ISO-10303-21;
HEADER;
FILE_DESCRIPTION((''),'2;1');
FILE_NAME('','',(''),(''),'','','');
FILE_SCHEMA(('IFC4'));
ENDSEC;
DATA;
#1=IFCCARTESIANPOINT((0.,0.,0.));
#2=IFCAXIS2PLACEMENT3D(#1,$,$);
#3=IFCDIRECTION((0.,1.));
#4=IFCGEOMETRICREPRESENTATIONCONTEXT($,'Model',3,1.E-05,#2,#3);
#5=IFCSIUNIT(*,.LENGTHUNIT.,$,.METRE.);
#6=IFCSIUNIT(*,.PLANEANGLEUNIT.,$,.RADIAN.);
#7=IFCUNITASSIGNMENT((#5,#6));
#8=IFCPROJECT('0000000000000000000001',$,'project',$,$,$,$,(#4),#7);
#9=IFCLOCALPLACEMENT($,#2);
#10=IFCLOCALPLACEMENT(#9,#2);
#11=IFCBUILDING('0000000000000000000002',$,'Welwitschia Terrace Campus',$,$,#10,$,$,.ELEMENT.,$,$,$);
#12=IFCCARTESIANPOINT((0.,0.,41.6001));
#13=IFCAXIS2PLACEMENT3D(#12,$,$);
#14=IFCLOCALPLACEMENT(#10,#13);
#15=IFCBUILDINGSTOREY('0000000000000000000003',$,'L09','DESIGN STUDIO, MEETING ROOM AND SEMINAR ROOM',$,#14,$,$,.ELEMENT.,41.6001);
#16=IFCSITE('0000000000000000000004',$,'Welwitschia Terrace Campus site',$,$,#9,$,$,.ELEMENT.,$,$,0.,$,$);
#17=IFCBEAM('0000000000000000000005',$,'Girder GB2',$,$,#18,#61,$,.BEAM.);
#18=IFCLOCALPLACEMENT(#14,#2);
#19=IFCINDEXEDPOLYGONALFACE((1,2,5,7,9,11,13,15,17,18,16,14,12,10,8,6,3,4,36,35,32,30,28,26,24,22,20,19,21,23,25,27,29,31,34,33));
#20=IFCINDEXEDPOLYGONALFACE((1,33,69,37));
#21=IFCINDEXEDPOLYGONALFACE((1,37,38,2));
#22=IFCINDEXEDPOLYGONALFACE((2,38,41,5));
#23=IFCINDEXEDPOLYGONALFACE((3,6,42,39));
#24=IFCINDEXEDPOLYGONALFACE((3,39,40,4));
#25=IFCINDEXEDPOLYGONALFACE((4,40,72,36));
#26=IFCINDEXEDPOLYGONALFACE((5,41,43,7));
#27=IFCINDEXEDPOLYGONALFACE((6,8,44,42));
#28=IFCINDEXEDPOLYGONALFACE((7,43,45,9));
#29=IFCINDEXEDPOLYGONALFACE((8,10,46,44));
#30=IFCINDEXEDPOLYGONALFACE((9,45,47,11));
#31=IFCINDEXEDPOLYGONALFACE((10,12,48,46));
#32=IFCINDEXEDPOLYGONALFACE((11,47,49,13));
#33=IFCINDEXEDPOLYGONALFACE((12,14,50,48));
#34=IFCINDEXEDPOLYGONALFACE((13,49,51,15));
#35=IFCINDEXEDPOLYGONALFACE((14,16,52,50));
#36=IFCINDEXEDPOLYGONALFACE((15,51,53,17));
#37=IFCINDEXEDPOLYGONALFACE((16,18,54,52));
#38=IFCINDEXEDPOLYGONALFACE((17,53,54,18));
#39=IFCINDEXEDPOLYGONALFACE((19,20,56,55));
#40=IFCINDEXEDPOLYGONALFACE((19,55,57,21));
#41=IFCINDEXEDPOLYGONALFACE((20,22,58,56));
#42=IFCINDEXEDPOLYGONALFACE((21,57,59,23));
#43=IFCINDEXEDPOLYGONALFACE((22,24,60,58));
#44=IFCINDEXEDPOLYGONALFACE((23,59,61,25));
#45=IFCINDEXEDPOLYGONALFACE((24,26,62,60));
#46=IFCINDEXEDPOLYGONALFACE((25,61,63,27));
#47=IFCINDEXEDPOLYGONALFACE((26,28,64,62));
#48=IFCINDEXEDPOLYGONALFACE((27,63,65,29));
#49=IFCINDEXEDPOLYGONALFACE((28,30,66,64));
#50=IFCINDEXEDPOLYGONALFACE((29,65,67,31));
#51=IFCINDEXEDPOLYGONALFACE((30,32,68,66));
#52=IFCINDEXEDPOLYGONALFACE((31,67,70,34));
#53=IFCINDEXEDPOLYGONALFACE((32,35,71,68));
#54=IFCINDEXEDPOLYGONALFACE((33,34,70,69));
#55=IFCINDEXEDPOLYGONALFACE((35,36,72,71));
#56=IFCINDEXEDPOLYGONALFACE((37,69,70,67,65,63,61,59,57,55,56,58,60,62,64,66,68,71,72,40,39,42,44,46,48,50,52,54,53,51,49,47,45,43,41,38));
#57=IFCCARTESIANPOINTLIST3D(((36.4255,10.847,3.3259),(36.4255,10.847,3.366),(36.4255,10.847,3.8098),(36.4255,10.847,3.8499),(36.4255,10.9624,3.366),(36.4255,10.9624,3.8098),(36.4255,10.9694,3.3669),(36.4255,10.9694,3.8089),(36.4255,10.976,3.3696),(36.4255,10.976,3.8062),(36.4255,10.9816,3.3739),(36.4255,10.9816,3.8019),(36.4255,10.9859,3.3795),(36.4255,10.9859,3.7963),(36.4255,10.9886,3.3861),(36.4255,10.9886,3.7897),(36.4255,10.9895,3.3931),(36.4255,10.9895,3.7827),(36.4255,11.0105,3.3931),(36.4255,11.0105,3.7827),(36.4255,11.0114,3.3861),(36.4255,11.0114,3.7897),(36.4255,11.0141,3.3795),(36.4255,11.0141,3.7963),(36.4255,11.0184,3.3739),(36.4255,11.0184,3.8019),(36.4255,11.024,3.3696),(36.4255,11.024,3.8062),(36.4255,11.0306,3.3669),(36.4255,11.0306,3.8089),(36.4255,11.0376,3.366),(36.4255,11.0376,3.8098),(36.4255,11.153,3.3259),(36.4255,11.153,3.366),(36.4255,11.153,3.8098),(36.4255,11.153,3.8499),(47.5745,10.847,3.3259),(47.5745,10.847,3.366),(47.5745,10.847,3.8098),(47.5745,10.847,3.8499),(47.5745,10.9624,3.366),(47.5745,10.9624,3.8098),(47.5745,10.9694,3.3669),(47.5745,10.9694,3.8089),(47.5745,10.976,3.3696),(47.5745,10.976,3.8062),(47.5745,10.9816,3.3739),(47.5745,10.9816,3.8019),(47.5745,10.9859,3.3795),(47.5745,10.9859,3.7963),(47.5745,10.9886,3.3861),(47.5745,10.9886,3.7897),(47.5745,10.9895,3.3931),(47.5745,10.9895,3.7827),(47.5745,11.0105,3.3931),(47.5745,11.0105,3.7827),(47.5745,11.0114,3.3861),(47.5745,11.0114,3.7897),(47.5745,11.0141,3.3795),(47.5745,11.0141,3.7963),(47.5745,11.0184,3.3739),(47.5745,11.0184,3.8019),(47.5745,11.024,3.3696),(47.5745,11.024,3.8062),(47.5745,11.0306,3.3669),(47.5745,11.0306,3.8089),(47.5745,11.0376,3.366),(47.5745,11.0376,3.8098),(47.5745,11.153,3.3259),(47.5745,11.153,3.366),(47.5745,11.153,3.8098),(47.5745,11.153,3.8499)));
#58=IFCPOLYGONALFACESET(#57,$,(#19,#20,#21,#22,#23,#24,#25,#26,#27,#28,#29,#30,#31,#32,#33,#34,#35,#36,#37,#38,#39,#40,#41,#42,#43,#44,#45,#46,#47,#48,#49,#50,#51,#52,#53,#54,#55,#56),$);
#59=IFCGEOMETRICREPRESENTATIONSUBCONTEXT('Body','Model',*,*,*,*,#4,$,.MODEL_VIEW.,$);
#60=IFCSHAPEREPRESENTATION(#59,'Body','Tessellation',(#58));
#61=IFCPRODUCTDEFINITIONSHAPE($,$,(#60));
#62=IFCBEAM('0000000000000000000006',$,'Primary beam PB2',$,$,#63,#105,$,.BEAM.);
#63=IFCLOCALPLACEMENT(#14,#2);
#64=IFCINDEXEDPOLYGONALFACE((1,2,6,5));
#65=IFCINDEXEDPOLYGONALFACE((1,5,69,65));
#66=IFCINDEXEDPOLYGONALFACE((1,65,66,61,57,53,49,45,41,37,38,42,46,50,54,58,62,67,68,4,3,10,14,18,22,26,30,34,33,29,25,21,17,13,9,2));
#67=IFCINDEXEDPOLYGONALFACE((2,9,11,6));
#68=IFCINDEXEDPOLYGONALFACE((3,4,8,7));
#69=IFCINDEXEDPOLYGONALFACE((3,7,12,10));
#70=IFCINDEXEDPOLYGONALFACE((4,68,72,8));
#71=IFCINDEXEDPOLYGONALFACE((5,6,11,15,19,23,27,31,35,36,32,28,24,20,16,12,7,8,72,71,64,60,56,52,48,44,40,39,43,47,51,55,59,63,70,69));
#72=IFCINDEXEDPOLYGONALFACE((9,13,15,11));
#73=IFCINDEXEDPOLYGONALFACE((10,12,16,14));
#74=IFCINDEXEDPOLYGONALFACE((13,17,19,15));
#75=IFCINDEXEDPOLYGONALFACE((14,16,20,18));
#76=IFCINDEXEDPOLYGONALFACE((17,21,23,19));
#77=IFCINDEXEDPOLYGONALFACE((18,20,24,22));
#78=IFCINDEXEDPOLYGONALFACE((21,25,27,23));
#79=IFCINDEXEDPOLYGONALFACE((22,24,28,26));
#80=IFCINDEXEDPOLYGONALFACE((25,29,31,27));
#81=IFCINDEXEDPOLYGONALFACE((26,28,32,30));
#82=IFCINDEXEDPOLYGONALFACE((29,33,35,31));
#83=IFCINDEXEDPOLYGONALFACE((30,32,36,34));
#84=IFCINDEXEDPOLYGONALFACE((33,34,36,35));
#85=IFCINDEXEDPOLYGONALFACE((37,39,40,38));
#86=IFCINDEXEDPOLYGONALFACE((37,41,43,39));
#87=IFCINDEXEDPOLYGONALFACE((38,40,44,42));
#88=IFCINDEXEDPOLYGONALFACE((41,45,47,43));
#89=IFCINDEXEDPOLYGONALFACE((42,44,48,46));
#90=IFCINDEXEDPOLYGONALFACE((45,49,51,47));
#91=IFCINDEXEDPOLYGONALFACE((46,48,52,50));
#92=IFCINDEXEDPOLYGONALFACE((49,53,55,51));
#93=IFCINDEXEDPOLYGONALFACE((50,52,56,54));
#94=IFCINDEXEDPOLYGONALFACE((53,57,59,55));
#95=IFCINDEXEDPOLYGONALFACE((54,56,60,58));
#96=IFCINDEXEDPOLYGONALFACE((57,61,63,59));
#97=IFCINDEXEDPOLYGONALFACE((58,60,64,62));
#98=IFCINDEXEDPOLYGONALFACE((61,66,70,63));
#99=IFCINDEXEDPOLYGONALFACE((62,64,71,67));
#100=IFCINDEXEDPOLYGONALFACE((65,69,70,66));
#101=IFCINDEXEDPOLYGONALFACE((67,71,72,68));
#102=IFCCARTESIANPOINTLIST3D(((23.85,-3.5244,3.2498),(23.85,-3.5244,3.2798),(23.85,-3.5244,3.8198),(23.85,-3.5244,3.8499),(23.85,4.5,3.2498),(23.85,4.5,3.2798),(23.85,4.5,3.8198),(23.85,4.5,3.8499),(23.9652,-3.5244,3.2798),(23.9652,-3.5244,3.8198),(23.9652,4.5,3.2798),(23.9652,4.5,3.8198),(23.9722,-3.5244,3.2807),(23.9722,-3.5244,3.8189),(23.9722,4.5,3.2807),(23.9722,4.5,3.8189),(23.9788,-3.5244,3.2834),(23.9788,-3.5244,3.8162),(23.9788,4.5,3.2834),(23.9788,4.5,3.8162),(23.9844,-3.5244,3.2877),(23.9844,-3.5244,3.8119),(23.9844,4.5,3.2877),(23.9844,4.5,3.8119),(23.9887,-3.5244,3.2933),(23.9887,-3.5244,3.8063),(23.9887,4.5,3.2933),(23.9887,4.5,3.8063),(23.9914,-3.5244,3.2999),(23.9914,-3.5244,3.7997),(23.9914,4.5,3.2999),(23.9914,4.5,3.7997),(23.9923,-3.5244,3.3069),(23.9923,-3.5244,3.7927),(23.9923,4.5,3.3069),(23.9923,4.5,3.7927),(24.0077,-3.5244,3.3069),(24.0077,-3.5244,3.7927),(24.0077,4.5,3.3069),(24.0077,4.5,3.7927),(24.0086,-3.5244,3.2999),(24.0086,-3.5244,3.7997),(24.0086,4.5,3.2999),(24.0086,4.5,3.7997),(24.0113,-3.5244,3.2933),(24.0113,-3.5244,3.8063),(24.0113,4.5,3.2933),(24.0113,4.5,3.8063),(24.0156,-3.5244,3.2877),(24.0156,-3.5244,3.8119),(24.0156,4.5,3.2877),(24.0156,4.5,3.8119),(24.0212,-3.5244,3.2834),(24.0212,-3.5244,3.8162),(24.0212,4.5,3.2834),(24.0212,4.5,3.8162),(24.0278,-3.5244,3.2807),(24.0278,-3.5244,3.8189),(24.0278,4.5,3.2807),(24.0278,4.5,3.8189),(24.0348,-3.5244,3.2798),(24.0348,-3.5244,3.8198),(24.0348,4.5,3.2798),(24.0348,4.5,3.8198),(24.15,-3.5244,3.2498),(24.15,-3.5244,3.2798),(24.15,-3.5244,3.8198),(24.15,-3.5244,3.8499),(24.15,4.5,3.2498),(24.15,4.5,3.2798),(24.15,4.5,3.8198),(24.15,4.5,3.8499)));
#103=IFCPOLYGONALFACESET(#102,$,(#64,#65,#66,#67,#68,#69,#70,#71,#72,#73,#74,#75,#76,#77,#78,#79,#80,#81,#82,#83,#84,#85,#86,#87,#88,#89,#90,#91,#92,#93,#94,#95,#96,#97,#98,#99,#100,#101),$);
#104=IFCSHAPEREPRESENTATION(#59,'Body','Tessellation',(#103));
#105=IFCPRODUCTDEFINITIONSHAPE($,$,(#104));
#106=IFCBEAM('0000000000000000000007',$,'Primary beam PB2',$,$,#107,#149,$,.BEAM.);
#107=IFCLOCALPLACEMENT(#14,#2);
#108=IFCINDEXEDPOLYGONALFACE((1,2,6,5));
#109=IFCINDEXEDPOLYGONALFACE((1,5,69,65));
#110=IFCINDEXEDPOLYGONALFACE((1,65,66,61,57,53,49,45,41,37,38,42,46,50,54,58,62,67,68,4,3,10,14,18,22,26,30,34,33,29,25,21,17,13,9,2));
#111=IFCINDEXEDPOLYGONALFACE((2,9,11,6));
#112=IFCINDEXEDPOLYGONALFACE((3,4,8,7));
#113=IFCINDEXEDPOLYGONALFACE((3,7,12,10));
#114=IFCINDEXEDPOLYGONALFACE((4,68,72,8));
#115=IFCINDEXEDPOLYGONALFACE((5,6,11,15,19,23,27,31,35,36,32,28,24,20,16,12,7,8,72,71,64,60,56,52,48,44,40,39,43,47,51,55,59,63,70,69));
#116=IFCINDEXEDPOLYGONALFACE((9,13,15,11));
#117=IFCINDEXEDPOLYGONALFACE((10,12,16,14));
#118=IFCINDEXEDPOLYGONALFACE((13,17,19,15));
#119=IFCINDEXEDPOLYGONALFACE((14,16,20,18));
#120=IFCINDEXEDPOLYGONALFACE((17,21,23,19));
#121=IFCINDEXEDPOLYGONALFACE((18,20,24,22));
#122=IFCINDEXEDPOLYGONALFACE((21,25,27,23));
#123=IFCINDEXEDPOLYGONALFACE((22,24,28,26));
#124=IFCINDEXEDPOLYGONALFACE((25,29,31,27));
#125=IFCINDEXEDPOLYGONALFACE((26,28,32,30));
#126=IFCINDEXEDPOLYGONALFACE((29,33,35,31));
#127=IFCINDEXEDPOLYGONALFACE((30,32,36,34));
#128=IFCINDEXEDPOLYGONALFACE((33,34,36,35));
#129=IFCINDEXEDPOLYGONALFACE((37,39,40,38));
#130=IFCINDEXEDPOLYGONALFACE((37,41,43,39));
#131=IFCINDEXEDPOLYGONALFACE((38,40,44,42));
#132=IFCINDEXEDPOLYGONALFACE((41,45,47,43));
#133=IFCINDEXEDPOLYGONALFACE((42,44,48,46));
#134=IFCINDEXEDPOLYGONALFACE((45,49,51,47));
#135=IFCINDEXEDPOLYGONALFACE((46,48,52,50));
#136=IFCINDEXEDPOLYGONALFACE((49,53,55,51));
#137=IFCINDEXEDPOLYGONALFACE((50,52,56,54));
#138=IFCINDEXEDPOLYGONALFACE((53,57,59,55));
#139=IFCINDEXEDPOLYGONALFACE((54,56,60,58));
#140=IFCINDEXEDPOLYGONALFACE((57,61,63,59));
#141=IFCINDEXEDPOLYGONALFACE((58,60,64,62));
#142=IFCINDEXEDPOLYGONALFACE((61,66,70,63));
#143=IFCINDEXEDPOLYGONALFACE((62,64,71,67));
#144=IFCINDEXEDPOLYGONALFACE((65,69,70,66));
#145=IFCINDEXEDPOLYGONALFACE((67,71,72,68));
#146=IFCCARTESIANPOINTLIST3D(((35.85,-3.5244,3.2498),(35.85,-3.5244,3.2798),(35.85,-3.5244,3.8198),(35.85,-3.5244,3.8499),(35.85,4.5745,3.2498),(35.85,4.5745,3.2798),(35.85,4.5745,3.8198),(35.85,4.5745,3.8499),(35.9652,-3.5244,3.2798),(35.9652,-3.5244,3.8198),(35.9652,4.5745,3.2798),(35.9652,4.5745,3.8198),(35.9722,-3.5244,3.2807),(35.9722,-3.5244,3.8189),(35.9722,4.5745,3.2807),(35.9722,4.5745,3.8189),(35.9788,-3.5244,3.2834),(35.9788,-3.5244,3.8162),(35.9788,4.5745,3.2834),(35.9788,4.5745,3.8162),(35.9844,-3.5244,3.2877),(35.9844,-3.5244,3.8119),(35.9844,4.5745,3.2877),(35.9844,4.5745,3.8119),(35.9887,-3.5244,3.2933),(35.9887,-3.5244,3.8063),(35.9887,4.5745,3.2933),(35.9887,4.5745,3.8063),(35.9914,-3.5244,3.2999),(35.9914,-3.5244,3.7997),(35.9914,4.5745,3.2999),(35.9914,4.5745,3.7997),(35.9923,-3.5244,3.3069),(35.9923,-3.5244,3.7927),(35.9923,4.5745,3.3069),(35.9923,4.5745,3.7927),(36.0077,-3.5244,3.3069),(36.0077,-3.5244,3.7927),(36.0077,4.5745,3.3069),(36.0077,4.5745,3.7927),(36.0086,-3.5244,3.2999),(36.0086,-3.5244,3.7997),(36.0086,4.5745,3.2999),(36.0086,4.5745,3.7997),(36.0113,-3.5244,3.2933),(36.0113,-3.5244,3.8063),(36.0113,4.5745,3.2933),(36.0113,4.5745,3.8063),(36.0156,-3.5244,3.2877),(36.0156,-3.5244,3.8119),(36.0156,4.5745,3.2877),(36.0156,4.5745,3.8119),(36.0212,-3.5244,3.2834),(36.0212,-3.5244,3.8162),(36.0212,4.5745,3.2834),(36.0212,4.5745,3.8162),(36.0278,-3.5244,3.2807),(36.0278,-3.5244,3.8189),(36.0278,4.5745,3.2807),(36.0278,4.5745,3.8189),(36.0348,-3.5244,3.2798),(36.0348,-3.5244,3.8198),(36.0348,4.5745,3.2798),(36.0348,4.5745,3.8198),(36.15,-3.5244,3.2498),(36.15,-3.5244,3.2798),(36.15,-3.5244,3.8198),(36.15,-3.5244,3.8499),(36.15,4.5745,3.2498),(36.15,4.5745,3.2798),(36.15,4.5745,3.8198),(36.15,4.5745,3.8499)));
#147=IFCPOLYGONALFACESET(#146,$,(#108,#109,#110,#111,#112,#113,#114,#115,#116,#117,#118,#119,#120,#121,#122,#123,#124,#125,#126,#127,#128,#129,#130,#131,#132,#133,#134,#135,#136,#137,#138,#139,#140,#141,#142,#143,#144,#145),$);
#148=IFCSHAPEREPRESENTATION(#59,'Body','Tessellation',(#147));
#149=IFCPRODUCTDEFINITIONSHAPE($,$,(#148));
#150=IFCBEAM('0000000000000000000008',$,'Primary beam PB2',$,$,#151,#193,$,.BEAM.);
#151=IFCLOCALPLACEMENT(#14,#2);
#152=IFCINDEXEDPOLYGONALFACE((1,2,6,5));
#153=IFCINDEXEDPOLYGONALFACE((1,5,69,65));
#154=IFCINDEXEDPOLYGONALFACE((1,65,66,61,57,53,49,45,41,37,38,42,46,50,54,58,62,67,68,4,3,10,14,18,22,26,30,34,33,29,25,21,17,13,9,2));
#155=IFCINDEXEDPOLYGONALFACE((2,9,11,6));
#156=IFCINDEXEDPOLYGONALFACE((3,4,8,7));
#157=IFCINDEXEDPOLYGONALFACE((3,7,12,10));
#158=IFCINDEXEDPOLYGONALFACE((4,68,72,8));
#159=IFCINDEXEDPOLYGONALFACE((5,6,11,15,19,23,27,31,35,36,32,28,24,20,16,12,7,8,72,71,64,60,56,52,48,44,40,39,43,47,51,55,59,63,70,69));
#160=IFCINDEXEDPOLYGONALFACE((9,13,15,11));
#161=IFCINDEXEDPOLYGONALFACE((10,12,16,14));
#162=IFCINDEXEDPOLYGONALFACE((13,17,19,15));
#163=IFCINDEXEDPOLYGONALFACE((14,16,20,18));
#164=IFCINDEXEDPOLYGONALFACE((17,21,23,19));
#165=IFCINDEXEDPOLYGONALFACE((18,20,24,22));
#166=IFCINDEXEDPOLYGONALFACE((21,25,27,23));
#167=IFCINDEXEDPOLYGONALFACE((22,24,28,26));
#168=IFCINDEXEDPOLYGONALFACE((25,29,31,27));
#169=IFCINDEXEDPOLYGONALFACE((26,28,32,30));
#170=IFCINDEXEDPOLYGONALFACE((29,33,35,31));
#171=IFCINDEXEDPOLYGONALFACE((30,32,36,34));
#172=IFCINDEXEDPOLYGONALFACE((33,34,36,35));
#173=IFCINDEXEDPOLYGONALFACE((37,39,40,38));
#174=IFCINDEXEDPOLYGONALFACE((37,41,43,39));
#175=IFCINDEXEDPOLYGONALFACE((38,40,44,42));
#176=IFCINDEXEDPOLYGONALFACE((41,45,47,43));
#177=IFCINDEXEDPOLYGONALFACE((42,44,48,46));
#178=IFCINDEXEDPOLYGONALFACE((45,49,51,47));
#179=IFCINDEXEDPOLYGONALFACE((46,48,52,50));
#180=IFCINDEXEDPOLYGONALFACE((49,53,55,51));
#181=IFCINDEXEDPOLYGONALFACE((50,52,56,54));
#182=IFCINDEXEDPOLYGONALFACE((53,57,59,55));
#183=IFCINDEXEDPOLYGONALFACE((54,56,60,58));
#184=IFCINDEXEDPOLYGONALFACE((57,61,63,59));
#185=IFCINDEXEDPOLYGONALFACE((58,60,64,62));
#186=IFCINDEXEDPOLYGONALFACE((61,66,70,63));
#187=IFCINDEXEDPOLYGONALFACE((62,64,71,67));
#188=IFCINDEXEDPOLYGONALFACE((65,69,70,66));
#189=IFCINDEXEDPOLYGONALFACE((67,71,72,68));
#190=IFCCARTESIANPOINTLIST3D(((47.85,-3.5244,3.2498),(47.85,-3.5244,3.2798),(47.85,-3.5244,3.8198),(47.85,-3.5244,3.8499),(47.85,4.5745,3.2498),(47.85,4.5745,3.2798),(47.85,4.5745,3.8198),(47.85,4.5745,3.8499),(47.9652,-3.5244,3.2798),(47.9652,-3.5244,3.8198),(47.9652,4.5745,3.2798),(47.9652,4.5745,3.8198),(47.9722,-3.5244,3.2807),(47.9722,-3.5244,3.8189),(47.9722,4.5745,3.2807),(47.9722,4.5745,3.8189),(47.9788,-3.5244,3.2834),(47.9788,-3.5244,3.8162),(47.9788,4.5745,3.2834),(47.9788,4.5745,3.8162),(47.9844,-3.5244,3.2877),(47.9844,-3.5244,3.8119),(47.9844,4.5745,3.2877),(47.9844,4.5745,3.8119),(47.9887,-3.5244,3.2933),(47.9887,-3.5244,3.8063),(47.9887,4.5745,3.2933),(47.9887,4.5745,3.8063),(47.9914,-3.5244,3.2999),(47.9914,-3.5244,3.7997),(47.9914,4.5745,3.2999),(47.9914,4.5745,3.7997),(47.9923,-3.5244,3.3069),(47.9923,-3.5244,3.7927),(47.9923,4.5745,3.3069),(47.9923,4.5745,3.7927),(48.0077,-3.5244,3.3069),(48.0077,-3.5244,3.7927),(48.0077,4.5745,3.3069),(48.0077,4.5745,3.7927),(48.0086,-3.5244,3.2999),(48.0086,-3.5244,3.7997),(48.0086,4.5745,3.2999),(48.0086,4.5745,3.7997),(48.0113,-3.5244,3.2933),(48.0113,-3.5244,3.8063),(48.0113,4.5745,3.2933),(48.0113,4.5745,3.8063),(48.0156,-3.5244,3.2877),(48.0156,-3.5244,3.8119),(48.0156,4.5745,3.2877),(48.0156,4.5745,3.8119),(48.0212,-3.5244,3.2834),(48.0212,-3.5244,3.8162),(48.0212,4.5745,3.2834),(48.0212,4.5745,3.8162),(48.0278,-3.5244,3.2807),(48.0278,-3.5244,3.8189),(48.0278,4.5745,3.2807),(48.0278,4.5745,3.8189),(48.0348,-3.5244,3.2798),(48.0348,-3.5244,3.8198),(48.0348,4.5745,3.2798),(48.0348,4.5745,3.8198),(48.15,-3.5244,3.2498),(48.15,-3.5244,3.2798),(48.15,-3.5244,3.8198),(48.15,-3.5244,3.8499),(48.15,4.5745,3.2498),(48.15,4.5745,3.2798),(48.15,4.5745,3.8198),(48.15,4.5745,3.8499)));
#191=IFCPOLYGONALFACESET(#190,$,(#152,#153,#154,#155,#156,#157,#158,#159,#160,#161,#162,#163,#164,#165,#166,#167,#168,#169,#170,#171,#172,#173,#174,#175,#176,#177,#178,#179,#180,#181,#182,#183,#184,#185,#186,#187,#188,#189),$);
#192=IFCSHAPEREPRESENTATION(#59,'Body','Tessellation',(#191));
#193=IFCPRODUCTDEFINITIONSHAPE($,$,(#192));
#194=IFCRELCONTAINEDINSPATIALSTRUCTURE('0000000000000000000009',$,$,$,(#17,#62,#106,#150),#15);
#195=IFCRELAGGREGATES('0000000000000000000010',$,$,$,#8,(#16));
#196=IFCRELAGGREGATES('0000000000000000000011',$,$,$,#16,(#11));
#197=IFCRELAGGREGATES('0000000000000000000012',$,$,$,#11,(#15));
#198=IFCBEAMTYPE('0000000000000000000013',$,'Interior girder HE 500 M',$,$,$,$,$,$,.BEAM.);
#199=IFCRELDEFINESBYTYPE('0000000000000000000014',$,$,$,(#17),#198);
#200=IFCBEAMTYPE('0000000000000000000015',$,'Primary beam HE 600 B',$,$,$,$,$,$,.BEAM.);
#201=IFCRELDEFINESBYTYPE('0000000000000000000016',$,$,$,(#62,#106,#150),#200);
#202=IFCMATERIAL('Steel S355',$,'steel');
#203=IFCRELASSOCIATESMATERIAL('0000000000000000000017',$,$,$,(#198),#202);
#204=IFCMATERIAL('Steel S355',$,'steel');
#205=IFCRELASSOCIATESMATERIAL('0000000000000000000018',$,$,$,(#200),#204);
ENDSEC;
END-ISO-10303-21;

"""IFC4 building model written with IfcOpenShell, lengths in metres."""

from ifc_helpers import new_model, si_unit, direction, frame, origin, origin_2d, place, context, subcontext, project, spatial, i_section, extrude, material, material_profile, profile_set, type_object, element, save


model = new_model("IFC4")

# Units and contexts
model_context = context("Model", 3, precision=1e-05, world=origin(), true_north=direction((0.0, 1.0)))
body_context = subcontext(model_context, "Body", "Model", "MODEL_VIEW")
ifc_project = project(units=[si_unit("LENGTHUNIT", "METRE"), si_unit("PLANEANGLEUNIT", "RADIAN")], contexts=[model_context])

# Site, building, storey
site_placement = place(None, origin())
site = spatial("IfcSite", under=ifc_project, at=site_placement, Name="Welwitschia Terrace Campus site", CompositionType="ELEMENT", RefElevation=0.0)
building_placement = place(site_placement, origin())
building = spatial("IfcBuilding", under=site, at=building_placement, Name="Welwitschia Terrace Campus", CompositionType="ELEMENT")
storey_placement = place(building_placement, frame((0.0, 0.0, 41.6001)))
storey = spatial("IfcBuildingStorey", under=building, at=storey_placement, Name="L09", Description="DESIGN STUDIO, MEETING ROOM AND SEMINAR ROOM", CompositionType="ELEMENT", Elevation=41.6001)

# Beams
ifc_material_1 = material(Name="Steel S355", Category="steel")
ifc_material_profile_1 = material_profile(ifc_material_1, i_section(OverallWidth=0.3059, OverallDepth=0.5239, WebThickness=0.021, FlangeThickness=0.04, FilletRadius=0.0271, at=origin_2d()))
ifc_profile_set_1 = profile_set([ifc_material_profile_1], Name="Steel S355")
beam_type_1 = type_object("IfcBeamType", Name="Interior girder HE 500 M", PredefinedType="BEAM", material=ifc_profile_set_1)
beam_1_placement = place(storey_placement, frame((36.4255, 11.0, 3.5879), z_axis=(1.0, 0.0, 0.0), x_axis=(0.0, 1.0, 0.0)))
element("IfcBeam", 1, at=beam_1_placement, inside=storey, type_object=beam_type_1, Name="Girder GB2", PredefinedType="BEAM", context=body_context, shape_type="SweptSolid", body=[
    extrude(i_section(OverallWidth=0.3059, OverallDepth=0.5239, WebThickness=0.021, FlangeThickness=0.04, FilletRadius=0.0271, at=origin_2d()), origin(), (0.0, 0.0, 1.0), 11.1489),
])
ifc_material_2 = material(Name="Steel S355", Category="steel")
ifc_material_profile_2 = material_profile(ifc_material_2, i_section(OverallWidth=0.3, OverallDepth=0.6001, WebThickness=0.0154, FlangeThickness=0.03, FilletRadius=0.0271, at=origin_2d()))
ifc_profile_set_2 = profile_set([ifc_material_profile_2], Name="Steel S355")
beam_type_2 = type_object("IfcBeamType", Name="Primary beam HE 600 B", PredefinedType="BEAM", material=ifc_profile_set_2)
beam_2_placement = place(storey_placement, frame((24.0, -3.5244, 3.5498), z_axis=(0.0, 1.0, 0.0), x_axis=(-1.0, 0.0, 0.0)))
element("IfcBeam", 2, at=beam_2_placement, inside=storey, type_object=beam_type_2, Name="Primary beam PB2", PredefinedType="BEAM", context=body_context, shape_type="SweptSolid", body=[
    extrude(i_section(OverallWidth=0.3, OverallDepth=0.6001, WebThickness=0.0154, FlangeThickness=0.03, FilletRadius=0.0271, at=origin_2d()), origin(), (0.0, 0.0, 1.0), 8.0244),
])
for number, where, z_axis, x_axis, name in (
    (3, (36.0, -3.5244, 3.5498), (0.0, 1.0, 0.0), (-1.0, 0.0, 0.0), "Primary beam PB2"),
    (4, (48.0, -3.5244, 3.5498), (0.0, 1.0, 0.0), (-1.0, 0.0, 0.0), "Primary beam PB2"),
):
    element("IfcBeam", number, at=place(storey_placement, frame(where, z_axis=z_axis, x_axis=x_axis)), inside=storey, type_object=beam_type_2, Name=name, PredefinedType="BEAM", context=body_context, shape_type="SweptSolid", body=[
        extrude(i_section(OverallWidth=0.3, OverallDepth=0.6001, WebThickness=0.0154, FlangeThickness=0.03, FilletRadius=0.0271, at=origin_2d()), origin(), (0.0, 0.0, 1.0), 8.0989),
    ])

save(model, "model.ifc")
